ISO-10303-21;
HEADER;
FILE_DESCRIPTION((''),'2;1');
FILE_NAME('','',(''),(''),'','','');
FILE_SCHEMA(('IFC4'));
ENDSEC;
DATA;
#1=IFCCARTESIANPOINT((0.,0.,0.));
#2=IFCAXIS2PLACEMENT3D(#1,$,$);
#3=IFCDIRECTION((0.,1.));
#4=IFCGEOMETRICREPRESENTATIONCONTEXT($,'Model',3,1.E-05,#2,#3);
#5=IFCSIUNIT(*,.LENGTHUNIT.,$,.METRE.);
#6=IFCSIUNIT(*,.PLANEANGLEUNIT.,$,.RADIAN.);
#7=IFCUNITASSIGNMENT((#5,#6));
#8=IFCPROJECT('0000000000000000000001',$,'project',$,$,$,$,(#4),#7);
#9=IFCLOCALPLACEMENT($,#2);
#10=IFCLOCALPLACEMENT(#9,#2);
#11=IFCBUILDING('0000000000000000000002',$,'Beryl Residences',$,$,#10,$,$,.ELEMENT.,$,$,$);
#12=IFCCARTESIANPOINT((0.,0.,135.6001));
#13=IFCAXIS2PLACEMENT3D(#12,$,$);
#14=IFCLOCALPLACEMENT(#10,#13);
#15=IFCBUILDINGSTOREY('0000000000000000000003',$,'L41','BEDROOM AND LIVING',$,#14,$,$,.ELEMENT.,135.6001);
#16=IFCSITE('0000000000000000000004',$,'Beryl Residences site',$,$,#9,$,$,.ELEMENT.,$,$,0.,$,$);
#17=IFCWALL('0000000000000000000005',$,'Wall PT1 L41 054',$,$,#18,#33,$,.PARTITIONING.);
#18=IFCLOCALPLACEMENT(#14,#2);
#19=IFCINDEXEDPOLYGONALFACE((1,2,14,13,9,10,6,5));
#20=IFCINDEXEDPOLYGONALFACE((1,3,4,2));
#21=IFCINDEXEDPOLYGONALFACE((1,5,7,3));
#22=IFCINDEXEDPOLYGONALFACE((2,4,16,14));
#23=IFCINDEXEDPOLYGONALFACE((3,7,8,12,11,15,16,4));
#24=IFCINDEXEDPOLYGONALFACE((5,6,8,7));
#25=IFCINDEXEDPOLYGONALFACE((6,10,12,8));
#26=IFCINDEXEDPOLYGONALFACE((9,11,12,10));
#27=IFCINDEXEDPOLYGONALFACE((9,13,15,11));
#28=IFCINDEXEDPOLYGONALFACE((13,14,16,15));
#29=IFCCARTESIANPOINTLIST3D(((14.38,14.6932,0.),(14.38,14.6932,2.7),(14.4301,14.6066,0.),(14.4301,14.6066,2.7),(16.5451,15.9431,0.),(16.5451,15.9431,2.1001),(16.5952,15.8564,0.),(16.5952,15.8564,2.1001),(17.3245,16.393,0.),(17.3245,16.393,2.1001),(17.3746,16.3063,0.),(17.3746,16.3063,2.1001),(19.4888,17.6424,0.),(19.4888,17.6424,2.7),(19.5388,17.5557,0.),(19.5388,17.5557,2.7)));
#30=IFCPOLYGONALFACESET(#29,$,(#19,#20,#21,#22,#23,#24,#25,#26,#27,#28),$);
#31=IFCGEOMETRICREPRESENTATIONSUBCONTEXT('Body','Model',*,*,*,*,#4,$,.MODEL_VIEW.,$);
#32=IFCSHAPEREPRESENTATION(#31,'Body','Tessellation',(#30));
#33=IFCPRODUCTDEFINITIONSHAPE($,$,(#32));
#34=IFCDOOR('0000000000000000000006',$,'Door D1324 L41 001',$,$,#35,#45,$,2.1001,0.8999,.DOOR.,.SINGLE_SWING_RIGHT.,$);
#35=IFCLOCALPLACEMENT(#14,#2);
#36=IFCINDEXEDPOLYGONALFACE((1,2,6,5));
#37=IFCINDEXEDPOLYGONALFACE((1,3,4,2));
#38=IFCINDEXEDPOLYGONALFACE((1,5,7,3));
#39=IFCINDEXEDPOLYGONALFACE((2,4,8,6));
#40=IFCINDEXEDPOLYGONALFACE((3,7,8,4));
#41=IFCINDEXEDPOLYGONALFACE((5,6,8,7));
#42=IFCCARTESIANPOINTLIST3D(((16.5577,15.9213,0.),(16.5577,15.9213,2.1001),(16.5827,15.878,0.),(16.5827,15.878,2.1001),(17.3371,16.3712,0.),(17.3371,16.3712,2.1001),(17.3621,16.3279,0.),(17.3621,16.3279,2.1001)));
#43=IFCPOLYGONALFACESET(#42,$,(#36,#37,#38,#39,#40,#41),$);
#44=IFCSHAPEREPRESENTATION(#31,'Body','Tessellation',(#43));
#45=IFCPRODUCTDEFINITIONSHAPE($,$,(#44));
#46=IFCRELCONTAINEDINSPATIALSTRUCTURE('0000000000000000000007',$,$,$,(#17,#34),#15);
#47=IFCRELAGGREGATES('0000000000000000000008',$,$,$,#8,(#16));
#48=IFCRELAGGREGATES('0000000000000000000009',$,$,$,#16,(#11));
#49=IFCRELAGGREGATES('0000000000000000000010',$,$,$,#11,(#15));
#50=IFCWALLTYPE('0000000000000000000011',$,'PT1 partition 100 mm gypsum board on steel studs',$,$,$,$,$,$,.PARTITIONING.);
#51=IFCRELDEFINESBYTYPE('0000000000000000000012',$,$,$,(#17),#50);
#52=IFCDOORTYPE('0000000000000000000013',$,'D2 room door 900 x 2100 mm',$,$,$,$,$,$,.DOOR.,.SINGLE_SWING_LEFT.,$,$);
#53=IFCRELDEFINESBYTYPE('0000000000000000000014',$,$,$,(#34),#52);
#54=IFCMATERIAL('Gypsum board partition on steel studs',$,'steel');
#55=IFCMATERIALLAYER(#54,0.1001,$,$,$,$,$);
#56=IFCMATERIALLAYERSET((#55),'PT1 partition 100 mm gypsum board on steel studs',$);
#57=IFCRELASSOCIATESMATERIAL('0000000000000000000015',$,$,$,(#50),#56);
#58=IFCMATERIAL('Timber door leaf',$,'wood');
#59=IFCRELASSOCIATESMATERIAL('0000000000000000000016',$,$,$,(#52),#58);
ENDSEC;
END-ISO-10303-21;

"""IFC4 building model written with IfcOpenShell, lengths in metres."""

from ifc_helpers import new_model, si_unit, direction, frame, frame_2d, origin, place, context, subcontext, project, spatial, rectangle, extrude, material, layer, layer_set, type_object, element, fill, save


model = new_model("IFC4")

# Units and contexts
model_context = context("Model", 3, precision=1e-05, world=origin(), true_north=direction((0.0, 1.0)))
body_context = subcontext(model_context, "Body", "Model", "MODEL_VIEW")
ifc_project = project(units=[si_unit("LENGTHUNIT", "METRE"), si_unit("PLANEANGLEUNIT", "RADIAN")], contexts=[model_context])

# Site, building, storey
site_placement = place(None, origin())
site = spatial("IfcSite", under=ifc_project, at=site_placement, Name="Beryl Residences site", CompositionType="ELEMENT", RefElevation=0.0)
building_placement = place(site_placement, origin())
building = spatial("IfcBuilding", under=site, at=building_placement, Name="Beryl Residences", CompositionType="ELEMENT")
storey_placement = place(building_placement, frame((0.0, 0.0, 135.6001)))
storey = spatial("IfcBuildingStorey", under=building, at=storey_placement, Name="L41", Description="BEDROOM AND LIVING", CompositionType="ELEMENT", Elevation=135.6001)

# Shared definitions
ifc_material_1 = material(Name="Gypsum board partition on steel studs", Category="steel")
ifc_layer_1 = layer(ifc_material_1, 0.1001)
ifc_layer_set_1 = layer_set([ifc_layer_1], Name="PT1 partition 100 mm gypsum board on steel studs")
wall_type_1 = type_object("IfcWallType", Name="PT1 partition 100 mm gypsum board on steel studs", PredefinedType="PARTITIONING", material=ifc_layer_set_1)

# Wall, opening, door
wall_1_placement = place(storey_placement, frame((14.405, 14.6499, 0.0), z_axis=(0.0, 0.0, 1.0), x_axis=(0.866055, 0.499949, 0.0)))
wall_1 = element("IfcWall", 1, at=wall_1_placement, inside=storey, type_object=wall_type_1, Name="Wall PT1 L41 054", PredefinedType="PARTITIONING", context=body_context, shape_type="SweptSolid", body=[
    extrude(rectangle(XDim=5.8989, YDim=0.1001, at=frame_2d((2.9495, 0.0))), origin(), (0.0, 0.0, 1.0), 2.7),
])
opening_1_placement = place(wall_1_placement, frame((2.5, 0.0, 0.0)))
opening_1 = element("IfcOpeningElement", 2, at=opening_1_placement, cuts=wall_1, PredefinedType="OPENING", context=body_context, shape_type="SweptSolid", body=[
    extrude(rectangle(XDim=0.8999, YDim=2.1001, at=frame_2d((0.45, 1.05))), frame((0.0, 0.0601, 0.0), z_axis=(0.0, -1.0, 0.0), x_axis=(1.0, 0.0, 0.0)), (0.0, 0.0, 1.0), 0.1201),
])
ifc_material_2 = material(Name="Timber door leaf", Category="wood")
door_type_1 = type_object("IfcDoorType", Name="D2 room door 900 x 2100 mm", OperationType="SINGLE_SWING_LEFT", PredefinedType="DOOR", material=ifc_material_2)
door_1_placement = place(opening_1_placement, origin())
door_1 = element("IfcDoor", 3, at=door_1_placement, inside=storey, type_object=door_type_1, Name="Door D1324 L41 001", OperationType="SINGLE_SWING_RIGHT", OverallHeight=2.1001, OverallWidth=0.8999, PredefinedType="DOOR", context=body_context, shape_type="SweptSolid", body=[
    extrude(rectangle(XDim=0.8999, YDim=2.1001, at=frame_2d((0.45, 1.05))), frame((0.0, 0.0249, 0.0), z_axis=(0.0, -1.0, 0.0), x_axis=(1.0, 0.0, 0.0)), (0.0, 0.0, 1.0), 0.05),
])
fill(opening_1, door_1)

save(model, "model.ifc")
